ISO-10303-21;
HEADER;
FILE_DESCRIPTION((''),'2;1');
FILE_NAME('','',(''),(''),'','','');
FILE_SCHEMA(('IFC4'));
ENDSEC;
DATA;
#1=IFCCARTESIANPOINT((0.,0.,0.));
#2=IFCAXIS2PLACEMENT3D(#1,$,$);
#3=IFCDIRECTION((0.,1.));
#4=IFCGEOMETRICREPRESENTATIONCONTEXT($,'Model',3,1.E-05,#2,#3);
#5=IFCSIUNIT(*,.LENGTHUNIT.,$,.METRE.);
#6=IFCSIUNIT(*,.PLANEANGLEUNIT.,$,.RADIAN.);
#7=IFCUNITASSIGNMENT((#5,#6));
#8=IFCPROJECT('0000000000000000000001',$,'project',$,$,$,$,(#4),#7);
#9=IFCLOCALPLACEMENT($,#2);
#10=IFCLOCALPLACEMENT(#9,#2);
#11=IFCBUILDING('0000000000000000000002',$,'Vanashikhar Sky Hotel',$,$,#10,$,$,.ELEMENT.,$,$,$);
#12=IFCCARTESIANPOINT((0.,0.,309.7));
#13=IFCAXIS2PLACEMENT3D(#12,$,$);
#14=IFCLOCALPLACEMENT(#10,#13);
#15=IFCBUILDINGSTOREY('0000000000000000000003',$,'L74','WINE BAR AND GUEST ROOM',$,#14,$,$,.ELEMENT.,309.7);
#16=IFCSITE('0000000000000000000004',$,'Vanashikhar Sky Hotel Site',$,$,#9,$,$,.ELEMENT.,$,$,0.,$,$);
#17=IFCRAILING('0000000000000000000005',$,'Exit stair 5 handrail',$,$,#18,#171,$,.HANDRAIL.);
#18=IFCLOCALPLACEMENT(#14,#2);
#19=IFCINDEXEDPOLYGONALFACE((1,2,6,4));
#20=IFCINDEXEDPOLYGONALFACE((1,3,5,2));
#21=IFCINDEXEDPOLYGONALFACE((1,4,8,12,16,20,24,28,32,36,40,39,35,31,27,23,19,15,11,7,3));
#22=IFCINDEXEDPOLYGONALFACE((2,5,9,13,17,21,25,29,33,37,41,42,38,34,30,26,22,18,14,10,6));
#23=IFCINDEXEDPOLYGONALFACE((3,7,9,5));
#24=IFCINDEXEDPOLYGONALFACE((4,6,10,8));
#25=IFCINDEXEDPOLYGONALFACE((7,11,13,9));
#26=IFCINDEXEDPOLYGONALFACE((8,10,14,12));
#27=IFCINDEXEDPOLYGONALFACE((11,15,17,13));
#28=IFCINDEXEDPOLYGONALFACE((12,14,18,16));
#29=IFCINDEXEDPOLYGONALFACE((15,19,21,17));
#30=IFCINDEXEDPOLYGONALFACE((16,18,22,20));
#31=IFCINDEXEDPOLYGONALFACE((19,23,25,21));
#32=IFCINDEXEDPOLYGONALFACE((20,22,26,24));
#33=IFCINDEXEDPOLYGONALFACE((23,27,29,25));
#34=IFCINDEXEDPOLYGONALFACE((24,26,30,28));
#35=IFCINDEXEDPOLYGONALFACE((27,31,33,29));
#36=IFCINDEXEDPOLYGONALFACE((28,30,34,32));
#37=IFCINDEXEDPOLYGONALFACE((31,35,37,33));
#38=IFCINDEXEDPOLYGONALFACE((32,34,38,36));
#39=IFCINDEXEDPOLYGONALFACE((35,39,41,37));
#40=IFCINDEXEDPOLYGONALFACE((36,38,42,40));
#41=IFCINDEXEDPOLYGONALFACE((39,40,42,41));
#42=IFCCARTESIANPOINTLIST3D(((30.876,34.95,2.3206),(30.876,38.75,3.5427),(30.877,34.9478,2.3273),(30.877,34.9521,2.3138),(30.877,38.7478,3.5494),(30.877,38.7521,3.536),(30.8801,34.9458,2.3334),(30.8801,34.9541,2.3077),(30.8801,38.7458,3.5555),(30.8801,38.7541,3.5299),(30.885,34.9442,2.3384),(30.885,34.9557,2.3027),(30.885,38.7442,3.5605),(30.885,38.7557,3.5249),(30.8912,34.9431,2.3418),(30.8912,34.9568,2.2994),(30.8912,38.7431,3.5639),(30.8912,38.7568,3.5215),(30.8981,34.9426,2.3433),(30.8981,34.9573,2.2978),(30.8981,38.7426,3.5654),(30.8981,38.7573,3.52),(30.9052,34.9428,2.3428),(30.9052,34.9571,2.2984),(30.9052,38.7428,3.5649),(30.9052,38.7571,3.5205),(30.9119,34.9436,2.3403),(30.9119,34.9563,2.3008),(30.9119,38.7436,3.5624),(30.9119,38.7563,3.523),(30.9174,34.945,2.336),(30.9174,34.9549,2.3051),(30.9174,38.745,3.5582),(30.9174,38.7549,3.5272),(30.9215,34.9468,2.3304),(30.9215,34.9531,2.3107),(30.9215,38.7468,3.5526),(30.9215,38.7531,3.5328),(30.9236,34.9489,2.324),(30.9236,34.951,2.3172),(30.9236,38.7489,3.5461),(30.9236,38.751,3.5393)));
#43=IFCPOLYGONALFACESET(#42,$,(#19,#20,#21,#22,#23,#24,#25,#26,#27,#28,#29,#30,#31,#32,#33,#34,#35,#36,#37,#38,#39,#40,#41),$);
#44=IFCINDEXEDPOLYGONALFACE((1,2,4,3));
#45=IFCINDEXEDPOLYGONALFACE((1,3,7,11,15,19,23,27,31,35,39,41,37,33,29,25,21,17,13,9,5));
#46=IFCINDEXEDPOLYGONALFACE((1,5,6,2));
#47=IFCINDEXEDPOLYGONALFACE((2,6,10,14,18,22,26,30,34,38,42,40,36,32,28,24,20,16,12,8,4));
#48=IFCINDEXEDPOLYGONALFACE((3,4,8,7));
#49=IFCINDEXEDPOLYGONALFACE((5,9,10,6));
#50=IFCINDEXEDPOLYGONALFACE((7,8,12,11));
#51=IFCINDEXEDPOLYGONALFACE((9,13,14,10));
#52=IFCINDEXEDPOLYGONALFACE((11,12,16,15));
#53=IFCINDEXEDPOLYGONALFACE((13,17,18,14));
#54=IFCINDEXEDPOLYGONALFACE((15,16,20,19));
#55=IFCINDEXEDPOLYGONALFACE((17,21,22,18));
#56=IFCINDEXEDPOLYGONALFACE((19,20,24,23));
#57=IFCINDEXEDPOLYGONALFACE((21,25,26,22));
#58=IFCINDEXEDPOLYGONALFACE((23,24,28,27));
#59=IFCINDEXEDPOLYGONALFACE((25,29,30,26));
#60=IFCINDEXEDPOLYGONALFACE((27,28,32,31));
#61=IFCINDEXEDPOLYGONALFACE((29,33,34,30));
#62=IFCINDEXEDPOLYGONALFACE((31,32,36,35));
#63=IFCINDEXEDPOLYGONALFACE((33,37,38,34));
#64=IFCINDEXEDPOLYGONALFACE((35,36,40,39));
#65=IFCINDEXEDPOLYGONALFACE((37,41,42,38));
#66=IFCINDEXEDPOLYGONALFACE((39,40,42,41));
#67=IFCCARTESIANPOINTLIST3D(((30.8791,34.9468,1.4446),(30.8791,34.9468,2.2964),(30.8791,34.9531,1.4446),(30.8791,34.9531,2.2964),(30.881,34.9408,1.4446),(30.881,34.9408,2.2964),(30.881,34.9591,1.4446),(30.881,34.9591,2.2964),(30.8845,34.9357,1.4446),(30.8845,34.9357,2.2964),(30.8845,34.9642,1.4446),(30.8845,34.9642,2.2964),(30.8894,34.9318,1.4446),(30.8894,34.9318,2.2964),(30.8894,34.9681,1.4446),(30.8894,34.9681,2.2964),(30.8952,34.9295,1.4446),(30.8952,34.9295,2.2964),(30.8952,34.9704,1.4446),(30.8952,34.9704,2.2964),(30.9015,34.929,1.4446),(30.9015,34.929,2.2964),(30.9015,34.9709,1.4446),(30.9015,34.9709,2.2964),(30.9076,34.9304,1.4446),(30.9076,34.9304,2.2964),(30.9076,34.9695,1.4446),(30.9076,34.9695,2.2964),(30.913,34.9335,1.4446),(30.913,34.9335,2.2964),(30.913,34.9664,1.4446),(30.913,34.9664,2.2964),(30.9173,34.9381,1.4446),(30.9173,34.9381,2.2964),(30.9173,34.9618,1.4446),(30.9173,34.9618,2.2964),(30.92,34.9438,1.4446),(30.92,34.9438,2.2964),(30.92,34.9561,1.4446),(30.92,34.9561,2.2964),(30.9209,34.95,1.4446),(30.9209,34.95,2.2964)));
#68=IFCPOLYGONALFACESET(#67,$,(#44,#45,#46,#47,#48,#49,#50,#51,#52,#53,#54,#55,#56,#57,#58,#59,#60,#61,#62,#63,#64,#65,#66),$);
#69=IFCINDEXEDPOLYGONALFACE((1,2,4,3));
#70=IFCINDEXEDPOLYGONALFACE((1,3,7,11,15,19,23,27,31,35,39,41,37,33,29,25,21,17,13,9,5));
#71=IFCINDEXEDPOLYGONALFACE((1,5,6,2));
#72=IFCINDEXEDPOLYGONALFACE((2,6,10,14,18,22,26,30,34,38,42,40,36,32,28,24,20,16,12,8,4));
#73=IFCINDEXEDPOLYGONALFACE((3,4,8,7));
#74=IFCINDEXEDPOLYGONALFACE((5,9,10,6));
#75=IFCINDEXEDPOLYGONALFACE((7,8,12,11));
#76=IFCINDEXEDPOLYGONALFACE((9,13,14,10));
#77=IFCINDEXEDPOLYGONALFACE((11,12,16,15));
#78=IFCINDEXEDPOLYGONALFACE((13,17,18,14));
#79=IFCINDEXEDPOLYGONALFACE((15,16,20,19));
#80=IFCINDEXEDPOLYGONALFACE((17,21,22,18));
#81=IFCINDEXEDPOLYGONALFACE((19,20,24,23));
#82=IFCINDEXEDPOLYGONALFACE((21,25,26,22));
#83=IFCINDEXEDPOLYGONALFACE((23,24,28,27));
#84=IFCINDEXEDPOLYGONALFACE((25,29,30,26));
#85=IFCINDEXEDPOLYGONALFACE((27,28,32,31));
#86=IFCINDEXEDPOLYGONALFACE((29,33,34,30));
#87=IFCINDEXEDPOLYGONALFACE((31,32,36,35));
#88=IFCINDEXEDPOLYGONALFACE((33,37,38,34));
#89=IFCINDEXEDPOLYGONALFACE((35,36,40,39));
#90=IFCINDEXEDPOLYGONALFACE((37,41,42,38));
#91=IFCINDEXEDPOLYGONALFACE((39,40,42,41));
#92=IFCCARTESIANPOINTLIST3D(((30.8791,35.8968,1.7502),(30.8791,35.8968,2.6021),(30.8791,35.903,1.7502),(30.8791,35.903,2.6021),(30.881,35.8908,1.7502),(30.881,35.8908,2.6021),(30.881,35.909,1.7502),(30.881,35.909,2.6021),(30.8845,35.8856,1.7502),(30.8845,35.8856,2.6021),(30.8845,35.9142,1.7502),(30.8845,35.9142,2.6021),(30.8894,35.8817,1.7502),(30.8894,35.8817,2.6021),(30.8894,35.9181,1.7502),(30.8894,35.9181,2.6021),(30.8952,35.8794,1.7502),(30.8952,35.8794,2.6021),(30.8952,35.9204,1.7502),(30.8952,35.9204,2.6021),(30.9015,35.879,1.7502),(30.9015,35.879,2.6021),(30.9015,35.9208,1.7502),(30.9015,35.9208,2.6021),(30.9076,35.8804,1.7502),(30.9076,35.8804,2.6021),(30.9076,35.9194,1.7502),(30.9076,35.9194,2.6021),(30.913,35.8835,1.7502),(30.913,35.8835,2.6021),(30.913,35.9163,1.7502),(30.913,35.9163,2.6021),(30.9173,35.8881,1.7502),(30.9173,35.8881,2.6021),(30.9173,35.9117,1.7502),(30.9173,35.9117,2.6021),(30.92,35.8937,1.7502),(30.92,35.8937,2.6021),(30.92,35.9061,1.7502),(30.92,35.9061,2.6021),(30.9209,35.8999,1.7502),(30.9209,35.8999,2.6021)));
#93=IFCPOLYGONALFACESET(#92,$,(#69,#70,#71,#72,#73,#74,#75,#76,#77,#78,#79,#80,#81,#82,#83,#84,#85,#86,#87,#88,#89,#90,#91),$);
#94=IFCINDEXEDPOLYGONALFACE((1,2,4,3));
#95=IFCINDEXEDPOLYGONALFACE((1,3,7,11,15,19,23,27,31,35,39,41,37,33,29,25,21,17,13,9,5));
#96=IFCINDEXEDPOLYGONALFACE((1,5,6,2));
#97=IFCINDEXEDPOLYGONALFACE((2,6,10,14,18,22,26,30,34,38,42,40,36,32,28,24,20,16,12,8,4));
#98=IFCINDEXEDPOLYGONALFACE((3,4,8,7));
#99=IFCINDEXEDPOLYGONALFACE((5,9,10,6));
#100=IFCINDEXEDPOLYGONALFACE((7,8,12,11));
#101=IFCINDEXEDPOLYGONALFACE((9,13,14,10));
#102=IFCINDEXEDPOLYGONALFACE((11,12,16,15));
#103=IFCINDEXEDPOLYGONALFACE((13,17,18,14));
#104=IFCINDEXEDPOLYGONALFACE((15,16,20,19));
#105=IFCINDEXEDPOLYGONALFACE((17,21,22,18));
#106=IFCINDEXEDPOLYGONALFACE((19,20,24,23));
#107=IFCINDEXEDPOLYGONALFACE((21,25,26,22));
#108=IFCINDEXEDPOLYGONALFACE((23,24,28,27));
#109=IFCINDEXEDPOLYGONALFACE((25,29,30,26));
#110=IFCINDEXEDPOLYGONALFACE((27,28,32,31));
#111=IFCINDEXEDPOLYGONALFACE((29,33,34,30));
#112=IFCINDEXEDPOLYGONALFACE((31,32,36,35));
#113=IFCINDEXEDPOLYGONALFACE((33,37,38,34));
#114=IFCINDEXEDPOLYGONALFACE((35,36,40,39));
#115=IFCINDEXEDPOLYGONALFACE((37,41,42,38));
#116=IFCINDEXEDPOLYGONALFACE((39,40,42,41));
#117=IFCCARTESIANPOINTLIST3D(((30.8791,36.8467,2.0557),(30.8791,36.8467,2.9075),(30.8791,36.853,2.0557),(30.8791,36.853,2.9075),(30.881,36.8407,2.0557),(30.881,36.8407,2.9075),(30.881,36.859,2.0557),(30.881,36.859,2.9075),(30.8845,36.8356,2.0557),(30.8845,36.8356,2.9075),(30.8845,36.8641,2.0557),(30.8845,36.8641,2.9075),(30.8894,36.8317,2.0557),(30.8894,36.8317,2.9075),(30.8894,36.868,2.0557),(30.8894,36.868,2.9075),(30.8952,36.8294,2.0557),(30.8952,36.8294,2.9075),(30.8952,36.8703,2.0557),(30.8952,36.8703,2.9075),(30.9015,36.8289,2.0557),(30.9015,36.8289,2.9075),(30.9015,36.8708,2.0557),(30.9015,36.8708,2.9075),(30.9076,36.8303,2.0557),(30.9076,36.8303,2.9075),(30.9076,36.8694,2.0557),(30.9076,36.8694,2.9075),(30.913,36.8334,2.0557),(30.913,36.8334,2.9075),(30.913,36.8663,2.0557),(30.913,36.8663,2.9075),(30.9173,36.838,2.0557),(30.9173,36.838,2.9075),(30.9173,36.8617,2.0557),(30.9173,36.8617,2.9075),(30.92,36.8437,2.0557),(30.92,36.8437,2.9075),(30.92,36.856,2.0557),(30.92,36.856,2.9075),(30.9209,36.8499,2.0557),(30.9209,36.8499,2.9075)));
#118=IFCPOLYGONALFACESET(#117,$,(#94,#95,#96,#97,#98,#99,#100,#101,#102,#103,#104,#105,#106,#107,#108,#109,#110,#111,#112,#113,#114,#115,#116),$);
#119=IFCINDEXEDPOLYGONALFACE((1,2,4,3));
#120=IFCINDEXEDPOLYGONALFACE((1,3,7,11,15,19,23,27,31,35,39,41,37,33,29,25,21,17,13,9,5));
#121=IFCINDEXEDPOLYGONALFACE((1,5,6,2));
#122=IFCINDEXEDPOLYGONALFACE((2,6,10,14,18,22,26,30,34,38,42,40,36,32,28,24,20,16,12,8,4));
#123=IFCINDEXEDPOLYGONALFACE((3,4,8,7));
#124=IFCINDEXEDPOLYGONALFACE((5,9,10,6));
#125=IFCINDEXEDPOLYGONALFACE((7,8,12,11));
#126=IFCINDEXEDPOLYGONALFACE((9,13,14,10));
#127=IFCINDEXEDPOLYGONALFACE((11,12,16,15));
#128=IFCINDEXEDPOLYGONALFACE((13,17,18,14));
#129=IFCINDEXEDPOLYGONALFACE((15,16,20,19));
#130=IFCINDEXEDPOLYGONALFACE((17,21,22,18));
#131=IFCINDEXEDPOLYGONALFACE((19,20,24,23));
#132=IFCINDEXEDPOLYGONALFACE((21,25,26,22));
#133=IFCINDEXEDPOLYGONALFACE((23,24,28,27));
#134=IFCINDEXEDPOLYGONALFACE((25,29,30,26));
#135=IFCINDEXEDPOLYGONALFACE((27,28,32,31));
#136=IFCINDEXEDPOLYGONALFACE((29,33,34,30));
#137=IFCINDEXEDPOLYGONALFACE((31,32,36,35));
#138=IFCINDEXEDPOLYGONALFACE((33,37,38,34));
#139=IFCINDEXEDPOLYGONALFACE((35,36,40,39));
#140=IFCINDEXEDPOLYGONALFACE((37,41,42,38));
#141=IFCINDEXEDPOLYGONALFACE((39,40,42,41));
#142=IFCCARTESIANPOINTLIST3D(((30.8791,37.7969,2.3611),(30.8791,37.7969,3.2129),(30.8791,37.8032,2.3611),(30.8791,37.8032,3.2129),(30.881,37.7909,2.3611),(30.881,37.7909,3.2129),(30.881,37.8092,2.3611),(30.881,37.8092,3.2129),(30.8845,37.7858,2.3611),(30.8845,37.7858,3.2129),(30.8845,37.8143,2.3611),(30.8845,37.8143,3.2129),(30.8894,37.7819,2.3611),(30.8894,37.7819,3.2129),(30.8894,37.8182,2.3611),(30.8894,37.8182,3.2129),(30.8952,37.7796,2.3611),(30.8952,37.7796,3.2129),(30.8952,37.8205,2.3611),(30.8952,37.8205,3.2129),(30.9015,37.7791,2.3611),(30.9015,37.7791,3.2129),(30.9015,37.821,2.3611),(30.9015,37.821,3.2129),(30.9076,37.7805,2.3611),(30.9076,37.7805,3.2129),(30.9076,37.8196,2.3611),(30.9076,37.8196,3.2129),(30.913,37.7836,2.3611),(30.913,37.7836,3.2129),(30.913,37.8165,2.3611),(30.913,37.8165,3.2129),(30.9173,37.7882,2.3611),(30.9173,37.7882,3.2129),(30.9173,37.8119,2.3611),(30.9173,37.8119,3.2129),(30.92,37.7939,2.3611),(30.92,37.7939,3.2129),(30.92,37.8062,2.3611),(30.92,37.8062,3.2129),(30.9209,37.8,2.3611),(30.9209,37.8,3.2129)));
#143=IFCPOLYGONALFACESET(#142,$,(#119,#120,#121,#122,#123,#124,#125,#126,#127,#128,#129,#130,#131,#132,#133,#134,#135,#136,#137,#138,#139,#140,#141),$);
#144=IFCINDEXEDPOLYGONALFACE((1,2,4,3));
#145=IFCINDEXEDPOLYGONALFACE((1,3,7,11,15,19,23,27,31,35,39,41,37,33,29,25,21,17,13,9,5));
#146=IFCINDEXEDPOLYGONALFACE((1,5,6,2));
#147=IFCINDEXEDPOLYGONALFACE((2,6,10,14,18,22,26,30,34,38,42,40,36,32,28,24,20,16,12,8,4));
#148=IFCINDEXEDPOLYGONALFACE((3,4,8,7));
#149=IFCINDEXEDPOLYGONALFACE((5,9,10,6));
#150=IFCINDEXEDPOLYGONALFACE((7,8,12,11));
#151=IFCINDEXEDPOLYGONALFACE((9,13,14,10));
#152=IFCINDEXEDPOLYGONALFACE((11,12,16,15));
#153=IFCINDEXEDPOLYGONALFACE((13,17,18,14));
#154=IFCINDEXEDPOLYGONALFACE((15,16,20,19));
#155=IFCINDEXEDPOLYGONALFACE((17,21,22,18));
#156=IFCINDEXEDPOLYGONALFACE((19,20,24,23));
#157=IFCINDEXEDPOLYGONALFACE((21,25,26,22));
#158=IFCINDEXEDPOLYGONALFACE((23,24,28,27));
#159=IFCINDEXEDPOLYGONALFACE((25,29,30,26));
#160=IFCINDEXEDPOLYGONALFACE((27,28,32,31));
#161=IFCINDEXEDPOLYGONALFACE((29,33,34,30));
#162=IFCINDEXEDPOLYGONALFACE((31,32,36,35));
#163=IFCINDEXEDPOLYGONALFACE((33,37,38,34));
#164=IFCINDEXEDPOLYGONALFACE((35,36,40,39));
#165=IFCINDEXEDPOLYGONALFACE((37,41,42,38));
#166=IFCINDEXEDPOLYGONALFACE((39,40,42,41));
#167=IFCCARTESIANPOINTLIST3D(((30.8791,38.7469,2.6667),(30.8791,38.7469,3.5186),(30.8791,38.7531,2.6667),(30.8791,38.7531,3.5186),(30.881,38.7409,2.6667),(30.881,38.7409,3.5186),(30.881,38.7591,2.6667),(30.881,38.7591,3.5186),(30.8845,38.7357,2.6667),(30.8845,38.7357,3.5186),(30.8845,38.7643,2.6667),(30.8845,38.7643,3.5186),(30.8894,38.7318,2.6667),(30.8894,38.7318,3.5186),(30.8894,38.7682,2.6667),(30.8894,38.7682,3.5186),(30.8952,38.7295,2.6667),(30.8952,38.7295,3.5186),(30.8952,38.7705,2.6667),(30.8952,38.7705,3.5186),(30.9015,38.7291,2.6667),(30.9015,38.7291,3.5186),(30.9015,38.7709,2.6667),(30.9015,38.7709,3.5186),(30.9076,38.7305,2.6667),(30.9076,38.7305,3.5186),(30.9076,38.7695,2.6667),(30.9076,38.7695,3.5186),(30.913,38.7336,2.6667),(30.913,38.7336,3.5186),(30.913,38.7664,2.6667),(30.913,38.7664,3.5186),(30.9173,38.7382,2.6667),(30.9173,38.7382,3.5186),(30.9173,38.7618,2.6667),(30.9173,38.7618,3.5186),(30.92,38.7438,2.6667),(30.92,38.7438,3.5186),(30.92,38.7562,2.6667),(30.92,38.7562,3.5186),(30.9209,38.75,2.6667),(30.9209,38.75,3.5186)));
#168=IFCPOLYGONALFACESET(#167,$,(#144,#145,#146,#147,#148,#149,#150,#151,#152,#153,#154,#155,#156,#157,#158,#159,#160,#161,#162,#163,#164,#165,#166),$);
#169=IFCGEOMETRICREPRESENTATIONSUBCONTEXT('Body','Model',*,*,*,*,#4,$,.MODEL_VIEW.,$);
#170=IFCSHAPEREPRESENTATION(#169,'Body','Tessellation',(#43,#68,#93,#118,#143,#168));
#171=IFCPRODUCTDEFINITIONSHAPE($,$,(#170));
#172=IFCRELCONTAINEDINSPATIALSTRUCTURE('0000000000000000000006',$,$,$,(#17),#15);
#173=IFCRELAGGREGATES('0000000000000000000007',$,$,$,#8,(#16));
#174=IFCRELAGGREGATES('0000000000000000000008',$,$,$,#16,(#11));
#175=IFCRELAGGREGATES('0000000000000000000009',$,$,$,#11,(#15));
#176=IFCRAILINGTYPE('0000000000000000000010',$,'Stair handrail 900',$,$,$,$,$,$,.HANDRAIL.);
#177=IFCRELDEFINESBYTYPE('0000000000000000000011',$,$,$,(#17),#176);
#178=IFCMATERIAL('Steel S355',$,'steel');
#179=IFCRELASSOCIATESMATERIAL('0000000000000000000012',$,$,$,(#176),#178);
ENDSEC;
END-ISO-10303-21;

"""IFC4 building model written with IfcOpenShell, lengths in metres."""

from ifc_helpers import new_model, si_unit, direction, frame, origin, origin_2d, place, context, subcontext, project, spatial, circle, extrude, source, transform, mapped, material, type_object, element, save


model = new_model("IFC4")

# Units and contexts
model_context = context("Model", 3, precision=1e-05, world=origin(), true_north=direction((0.0, 1.0)))
body_context = subcontext(model_context, "Body", "Model", "MODEL_VIEW")
ifc_project = project(units=[si_unit("LENGTHUNIT", "METRE"), si_unit("PLANEANGLEUNIT", "RADIAN")], contexts=[model_context])

# Site, building, storey
site_placement = place(None, origin())
site = spatial("IfcSite", under=ifc_project, at=site_placement, Name="Vanashikhar Sky Hotel Site", CompositionType="ELEMENT", RefElevation=0.0)
building_placement = place(site_placement, origin())
building = spatial("IfcBuilding", under=site, at=building_placement, Name="Vanashikhar Sky Hotel", CompositionType="ELEMENT")
storey_placement = place(building_placement, frame((0.0, 0.0, 309.7)))
storey = spatial("IfcBuildingStorey", under=building, at=storey_placement, Name="L74", Description="WINE BAR AND GUEST ROOM", CompositionType="ELEMENT", Elevation=309.7)

# Railing
ifc_material_1 = material(Name="Steel S355", Category="steel")
railing_type_1 = type_object("IfcRailingType", Name="Stair handrail 900", PredefinedType="HANDRAIL", material=ifc_material_1)
shared_shape_1 = source(origin(), body_context, "Body", "SweptSolid", [
    extrude(circle(Radius=0.0239, at=origin_2d()), frame((0.0, 0.0, 0.876), z_axis=(0.0, 0.951976, 0.306173), x_axis=(-1.0, 0.0, 0.0)), (0.0, 0.0, 1.0), 3.9917),
    extrude(circle(Radius=0.021, at=origin_2d()), origin(), (0.0, 0.0, 1.0), 0.8518),
    extrude(circle(Radius=0.021, at=origin_2d()), frame((0.0, 0.95, 0.3057)), (0.0, 0.0, 1.0), 0.8518),
    extrude(circle(Radius=0.021, at=origin_2d()), frame((0.0, 1.8999, 0.6111)), (0.0, 0.0, 1.0), 0.8518),
    extrude(circle(Radius=0.021, at=origin_2d()), frame((0.0, 2.8501, 0.9165)), (0.0, 0.0, 1.0), 0.8518),
    extrude(circle(Radius=0.021, at=origin_2d()), frame((0.0, 3.8, 1.2222)), (0.0, 0.0, 1.0), 0.8518),
])
for number, where, name in (
    (1, (30.8999, 34.95, 1.4446), "Exit stair 5 handrail"),
):
    element("IfcRailing", number, at=place(storey_placement, frame(where)), inside=storey, type_object=railing_type_1, Name=name, PredefinedType="HANDRAIL", context=body_context, shape_type="MappedRepresentation", body=[
        mapped(shared_shape_1, transform((0.0, 0.0, 0.0), scale=1.0)),
    ])

save(model, "model.ifc")
